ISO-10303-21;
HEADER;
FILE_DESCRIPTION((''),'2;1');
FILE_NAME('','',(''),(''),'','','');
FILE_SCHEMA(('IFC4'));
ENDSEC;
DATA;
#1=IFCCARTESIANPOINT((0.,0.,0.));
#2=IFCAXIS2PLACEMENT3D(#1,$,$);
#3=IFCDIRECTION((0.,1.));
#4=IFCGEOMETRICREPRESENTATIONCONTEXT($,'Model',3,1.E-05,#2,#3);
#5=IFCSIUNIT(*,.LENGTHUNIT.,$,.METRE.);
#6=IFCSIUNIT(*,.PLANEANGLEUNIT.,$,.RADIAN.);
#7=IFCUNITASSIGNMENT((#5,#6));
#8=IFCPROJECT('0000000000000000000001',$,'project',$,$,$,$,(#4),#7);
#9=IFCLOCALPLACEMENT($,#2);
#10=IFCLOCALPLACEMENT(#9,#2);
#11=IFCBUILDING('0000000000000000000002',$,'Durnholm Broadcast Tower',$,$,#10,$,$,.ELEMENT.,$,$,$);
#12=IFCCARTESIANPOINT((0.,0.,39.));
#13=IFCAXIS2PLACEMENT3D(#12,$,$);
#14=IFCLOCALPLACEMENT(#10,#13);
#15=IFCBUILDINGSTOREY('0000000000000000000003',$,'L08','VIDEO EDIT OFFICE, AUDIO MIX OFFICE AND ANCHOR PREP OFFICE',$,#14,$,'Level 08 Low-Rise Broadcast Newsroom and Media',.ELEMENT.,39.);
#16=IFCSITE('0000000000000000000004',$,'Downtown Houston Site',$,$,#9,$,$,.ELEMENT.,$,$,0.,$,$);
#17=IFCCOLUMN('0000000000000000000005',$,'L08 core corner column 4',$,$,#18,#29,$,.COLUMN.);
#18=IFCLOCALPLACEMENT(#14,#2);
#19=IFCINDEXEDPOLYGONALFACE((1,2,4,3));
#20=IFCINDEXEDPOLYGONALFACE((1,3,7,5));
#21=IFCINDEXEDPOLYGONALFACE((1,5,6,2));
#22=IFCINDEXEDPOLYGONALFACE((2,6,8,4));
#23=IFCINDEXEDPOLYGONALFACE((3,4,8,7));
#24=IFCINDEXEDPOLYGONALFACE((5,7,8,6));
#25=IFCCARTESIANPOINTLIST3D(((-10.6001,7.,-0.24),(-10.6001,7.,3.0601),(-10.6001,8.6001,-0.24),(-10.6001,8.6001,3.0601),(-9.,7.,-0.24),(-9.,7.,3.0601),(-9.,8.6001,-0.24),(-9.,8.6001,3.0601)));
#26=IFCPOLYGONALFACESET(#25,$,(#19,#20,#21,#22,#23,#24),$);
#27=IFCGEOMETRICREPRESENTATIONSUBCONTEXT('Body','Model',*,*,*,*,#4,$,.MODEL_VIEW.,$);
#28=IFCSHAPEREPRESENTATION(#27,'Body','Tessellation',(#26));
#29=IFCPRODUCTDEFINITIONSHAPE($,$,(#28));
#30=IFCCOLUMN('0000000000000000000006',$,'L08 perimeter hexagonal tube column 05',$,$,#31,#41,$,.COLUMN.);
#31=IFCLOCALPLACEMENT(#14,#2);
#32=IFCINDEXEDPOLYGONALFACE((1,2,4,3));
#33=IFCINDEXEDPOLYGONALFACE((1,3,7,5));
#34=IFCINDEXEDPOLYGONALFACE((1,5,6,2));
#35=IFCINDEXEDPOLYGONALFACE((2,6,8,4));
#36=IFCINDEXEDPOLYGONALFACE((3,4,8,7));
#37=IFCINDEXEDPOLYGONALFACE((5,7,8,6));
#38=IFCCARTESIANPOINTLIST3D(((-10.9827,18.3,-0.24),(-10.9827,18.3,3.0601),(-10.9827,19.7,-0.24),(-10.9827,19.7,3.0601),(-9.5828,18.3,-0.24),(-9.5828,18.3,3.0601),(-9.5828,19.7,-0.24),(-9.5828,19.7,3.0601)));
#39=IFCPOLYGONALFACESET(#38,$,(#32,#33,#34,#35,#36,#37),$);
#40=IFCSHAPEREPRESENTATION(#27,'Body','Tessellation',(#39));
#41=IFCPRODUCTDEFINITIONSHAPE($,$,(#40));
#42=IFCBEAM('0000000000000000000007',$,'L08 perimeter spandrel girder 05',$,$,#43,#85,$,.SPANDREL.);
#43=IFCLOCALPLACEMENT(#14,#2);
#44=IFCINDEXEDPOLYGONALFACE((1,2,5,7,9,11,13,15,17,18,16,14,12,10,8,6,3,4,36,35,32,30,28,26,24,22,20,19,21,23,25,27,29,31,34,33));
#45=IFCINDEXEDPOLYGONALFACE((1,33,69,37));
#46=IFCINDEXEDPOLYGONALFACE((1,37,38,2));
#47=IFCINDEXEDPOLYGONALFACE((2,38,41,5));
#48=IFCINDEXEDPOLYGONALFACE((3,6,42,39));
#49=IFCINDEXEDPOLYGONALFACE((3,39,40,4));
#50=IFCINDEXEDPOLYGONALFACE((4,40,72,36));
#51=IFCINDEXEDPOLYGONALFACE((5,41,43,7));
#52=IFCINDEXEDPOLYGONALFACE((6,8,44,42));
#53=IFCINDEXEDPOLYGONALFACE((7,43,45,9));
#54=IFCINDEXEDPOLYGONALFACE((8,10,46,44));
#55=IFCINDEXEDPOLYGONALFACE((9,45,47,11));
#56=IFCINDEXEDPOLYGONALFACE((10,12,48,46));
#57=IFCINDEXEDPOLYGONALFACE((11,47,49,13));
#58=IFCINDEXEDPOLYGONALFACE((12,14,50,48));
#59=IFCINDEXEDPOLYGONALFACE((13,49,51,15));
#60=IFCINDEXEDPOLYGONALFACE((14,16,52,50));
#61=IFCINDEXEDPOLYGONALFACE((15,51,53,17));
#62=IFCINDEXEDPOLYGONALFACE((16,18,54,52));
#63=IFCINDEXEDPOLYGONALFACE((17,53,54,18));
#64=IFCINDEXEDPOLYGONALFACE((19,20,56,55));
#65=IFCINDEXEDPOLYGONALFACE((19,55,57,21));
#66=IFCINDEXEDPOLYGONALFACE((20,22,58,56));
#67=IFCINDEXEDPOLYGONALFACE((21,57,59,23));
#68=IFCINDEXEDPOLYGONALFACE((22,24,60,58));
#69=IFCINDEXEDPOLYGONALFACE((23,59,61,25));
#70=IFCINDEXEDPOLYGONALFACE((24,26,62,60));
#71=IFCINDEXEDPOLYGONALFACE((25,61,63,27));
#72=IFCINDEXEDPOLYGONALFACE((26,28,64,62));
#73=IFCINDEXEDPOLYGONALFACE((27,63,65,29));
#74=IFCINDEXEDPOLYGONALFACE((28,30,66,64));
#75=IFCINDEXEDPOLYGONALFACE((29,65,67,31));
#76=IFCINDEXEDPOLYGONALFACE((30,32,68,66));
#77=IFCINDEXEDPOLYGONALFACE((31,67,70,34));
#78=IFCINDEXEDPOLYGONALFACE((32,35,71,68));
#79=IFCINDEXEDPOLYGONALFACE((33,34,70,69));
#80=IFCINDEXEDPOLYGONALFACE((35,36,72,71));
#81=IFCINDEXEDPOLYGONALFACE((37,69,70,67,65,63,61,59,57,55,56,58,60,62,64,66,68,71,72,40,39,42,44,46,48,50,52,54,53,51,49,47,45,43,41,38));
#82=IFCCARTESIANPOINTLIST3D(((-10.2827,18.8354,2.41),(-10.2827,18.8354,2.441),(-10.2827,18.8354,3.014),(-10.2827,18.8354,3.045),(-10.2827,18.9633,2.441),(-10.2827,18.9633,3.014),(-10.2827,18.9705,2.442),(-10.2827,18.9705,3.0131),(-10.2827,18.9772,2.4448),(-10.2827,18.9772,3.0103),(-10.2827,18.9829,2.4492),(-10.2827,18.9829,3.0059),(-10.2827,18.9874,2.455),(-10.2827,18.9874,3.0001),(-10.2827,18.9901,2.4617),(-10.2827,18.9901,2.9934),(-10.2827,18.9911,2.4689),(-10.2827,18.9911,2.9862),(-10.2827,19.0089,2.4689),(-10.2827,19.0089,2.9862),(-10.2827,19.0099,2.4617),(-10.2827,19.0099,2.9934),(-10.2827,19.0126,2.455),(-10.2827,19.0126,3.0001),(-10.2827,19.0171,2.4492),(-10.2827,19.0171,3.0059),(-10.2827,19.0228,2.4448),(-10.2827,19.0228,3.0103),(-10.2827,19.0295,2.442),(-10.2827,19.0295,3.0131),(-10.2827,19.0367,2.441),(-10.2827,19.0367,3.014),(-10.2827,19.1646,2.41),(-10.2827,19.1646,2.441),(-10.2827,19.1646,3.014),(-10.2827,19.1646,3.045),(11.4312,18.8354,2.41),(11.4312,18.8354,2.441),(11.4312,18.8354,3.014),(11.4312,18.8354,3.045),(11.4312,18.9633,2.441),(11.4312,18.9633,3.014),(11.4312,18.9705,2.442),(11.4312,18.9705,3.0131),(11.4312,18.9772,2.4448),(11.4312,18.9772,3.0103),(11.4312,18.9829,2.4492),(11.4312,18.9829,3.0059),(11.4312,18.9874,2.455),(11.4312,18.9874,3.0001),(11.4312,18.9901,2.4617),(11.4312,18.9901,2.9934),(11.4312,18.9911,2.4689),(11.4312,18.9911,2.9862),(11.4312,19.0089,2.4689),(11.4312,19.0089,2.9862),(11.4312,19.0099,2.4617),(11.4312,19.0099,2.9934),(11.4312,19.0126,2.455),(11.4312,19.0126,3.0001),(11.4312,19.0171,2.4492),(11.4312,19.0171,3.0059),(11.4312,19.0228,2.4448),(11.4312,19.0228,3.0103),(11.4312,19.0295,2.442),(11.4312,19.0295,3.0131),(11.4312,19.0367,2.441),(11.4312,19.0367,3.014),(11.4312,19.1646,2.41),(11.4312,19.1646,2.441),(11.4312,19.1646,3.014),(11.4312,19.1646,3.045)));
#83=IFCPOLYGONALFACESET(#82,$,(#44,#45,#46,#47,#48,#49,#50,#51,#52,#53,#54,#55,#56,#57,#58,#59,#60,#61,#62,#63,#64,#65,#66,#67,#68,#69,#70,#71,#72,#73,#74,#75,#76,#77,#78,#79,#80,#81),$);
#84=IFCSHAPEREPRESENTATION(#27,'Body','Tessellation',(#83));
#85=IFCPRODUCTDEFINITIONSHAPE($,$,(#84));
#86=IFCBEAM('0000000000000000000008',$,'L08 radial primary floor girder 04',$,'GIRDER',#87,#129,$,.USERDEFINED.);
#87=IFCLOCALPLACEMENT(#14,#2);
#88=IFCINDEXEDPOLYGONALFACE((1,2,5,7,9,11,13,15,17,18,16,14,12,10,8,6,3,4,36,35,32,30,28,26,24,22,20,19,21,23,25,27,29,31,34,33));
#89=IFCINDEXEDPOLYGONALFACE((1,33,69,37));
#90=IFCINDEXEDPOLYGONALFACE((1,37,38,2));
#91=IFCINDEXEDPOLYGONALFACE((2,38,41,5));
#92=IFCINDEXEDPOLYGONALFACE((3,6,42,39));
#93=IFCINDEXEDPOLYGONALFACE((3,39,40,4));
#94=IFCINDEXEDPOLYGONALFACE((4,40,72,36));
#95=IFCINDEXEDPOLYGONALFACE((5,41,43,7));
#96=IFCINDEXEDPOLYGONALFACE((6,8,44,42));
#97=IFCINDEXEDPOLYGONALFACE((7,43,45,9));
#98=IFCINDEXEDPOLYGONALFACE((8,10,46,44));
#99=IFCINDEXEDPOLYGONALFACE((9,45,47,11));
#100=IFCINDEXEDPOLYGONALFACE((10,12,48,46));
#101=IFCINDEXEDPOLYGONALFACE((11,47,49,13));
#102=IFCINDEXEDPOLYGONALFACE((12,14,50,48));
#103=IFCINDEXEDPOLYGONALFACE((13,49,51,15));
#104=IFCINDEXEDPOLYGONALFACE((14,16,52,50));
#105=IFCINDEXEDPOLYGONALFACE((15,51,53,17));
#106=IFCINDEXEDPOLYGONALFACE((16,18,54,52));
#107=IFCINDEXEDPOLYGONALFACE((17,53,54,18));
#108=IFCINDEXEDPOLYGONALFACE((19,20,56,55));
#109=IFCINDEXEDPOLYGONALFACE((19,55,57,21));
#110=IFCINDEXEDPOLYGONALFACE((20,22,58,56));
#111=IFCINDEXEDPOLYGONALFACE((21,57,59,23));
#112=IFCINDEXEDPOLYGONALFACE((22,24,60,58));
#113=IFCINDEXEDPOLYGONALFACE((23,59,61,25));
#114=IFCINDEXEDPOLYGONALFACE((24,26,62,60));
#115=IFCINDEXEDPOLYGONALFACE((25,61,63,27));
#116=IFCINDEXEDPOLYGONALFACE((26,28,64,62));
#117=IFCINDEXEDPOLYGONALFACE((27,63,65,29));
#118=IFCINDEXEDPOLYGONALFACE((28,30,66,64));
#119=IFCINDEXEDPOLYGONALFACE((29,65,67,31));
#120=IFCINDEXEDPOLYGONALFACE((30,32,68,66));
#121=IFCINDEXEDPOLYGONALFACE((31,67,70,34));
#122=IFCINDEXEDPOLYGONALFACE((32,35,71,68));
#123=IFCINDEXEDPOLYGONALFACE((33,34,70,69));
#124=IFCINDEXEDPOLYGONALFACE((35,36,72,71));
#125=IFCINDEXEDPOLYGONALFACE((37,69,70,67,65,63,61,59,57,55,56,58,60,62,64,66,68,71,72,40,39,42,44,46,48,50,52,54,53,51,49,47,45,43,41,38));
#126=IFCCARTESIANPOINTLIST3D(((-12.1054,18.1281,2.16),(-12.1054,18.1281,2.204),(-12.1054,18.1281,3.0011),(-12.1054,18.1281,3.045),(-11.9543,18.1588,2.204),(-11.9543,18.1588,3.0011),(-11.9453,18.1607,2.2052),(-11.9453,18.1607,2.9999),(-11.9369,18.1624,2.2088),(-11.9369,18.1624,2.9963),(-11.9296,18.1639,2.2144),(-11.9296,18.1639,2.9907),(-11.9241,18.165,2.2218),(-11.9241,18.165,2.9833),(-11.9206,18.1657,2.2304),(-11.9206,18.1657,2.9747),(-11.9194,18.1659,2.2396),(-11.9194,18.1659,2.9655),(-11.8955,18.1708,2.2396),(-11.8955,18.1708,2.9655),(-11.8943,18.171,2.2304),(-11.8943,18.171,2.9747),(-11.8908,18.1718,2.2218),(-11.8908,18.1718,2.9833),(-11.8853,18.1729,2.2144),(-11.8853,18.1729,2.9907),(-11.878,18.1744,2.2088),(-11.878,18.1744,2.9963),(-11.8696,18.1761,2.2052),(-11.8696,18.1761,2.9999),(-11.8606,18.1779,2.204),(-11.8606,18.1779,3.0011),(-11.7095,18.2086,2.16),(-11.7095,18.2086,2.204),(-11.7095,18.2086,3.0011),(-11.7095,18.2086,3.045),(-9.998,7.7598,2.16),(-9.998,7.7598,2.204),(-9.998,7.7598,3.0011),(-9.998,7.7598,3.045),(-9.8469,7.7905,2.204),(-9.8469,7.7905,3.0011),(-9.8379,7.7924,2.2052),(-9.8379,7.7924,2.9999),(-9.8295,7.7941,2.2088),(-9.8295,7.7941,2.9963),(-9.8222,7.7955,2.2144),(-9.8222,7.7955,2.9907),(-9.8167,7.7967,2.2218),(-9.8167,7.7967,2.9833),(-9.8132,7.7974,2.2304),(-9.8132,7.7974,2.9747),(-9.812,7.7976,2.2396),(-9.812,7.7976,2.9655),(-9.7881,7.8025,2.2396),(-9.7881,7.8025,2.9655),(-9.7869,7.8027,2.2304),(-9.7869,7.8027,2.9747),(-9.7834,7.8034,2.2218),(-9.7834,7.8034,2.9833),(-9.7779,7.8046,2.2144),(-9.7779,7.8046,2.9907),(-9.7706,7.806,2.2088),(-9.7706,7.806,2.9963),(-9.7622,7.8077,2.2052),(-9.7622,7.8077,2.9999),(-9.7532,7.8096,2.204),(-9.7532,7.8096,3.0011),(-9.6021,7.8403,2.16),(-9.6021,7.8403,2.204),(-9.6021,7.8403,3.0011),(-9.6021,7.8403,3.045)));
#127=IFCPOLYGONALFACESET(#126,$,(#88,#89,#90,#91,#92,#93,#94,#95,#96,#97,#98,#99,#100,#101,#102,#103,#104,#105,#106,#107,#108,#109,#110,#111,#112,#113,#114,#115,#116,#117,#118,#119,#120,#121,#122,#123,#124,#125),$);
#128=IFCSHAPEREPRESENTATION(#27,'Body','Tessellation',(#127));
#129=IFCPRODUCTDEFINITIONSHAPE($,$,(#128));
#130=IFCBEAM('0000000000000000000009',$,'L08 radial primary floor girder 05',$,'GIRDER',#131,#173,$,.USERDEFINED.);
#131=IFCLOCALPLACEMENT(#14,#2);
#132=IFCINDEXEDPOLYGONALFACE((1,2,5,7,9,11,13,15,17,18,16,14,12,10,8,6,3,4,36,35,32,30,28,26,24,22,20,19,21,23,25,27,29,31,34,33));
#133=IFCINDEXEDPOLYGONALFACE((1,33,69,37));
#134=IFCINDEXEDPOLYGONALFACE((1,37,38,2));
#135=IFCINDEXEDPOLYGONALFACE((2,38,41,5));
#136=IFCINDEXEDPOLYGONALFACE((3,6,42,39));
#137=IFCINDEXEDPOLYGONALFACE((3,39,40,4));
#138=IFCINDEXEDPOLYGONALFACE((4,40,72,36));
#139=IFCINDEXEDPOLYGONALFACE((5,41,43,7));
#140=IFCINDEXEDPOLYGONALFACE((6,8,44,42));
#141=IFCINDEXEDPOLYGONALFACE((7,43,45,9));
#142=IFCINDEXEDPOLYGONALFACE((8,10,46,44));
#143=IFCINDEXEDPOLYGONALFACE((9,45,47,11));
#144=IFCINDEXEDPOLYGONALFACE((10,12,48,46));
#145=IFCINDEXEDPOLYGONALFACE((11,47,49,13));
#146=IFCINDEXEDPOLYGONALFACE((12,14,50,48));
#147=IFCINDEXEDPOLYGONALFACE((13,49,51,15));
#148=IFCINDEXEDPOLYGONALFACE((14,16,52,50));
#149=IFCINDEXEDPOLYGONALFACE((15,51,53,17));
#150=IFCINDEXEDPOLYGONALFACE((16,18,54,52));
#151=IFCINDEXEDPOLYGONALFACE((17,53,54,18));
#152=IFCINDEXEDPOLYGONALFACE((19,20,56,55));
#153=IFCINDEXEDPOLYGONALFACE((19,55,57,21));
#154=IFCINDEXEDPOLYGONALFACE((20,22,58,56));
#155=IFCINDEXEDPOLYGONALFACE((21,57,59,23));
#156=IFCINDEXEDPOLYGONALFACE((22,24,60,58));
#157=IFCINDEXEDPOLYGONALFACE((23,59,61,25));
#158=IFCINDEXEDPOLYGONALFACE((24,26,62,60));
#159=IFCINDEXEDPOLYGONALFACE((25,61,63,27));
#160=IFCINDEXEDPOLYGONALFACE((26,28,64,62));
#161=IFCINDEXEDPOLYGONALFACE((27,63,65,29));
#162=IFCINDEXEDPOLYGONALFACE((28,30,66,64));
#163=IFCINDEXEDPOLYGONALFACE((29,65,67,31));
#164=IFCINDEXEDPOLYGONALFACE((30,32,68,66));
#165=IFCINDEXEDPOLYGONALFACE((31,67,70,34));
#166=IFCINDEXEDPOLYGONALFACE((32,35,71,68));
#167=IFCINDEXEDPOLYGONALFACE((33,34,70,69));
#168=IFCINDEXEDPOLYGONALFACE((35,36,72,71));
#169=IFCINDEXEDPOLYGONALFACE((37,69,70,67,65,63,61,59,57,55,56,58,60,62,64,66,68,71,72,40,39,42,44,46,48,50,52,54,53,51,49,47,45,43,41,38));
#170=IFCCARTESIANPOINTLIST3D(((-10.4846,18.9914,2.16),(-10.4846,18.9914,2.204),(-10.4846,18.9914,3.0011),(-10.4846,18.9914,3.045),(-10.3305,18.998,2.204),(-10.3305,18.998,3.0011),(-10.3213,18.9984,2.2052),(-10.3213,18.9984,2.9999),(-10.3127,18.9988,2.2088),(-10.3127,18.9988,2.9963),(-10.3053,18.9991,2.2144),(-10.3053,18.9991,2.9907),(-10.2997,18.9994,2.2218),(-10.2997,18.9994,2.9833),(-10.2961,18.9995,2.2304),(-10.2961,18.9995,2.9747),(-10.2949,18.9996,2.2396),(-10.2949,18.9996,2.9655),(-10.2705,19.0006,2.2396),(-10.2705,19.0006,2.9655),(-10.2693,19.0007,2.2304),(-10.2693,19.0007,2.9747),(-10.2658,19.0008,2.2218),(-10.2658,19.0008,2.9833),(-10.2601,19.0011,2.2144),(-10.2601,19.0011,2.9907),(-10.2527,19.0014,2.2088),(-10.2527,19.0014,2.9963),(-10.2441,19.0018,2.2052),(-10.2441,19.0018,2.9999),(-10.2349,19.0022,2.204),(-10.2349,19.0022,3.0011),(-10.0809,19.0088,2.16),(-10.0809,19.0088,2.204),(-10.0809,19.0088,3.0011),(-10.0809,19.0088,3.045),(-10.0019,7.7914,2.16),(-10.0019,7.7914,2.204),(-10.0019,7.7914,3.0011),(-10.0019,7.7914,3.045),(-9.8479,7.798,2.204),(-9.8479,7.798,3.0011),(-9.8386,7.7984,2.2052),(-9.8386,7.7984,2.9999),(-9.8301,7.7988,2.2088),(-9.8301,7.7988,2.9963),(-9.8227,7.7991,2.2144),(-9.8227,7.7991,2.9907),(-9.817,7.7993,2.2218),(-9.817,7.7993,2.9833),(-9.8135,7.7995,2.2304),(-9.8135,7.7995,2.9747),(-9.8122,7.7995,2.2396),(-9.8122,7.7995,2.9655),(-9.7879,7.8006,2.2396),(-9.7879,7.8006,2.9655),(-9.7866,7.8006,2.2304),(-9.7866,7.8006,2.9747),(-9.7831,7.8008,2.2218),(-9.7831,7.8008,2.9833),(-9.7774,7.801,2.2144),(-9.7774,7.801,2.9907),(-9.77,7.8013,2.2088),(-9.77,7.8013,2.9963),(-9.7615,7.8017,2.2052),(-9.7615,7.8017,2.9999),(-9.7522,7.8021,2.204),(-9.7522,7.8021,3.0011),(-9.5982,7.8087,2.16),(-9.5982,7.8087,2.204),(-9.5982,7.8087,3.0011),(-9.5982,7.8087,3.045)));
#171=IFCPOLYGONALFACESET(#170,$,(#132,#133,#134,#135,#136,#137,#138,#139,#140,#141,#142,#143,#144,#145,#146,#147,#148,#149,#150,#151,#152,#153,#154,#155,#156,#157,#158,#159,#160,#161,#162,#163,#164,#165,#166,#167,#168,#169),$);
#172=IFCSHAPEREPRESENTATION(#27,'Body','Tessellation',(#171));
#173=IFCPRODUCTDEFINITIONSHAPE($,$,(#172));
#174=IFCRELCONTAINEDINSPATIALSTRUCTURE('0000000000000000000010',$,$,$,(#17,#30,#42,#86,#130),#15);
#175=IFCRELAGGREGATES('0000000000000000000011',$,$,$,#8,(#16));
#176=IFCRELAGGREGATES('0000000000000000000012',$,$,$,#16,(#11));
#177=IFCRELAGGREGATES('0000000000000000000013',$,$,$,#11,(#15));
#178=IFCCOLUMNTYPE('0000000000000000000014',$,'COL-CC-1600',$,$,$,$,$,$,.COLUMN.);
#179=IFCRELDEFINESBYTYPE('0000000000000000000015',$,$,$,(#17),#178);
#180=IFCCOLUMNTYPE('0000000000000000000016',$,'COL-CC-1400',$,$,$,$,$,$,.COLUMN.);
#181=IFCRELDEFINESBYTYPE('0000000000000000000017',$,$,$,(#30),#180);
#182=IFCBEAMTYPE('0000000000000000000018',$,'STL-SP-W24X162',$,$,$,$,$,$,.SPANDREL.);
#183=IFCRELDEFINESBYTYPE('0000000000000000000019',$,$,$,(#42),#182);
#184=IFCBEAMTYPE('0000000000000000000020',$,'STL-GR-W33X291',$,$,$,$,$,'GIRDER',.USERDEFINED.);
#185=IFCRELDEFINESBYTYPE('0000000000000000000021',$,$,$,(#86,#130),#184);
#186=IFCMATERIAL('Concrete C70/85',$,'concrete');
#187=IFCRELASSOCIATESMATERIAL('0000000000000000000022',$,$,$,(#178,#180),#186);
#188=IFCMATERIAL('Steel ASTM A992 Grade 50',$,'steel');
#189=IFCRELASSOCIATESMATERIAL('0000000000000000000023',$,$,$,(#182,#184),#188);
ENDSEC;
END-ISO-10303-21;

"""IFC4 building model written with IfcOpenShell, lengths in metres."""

from ifc_helpers import new_model, si_unit, direction, frame, origin, origin_2d, place, context, subcontext, project, spatial, rectangle, i_section, extrude, source, transform, mapped, material, material_profile, profile_set, type_object, type_shapes, element, save


model = new_model("IFC4")

# Units and contexts
model_context = context("Model", 3, precision=1e-05, world=origin(), true_north=direction((0.0, 1.0)))
body_context = subcontext(model_context, "Body", "Model", "MODEL_VIEW")
ifc_project = project(units=[si_unit("LENGTHUNIT", "METRE"), si_unit("PLANEANGLEUNIT", "RADIAN")], contexts=[model_context])

# Site, building, storey
site_placement = place(None, origin())
site = spatial("IfcSite", under=ifc_project, at=site_placement, Name="Downtown Houston Site", CompositionType="ELEMENT", RefElevation=0.0)
building_placement = place(site_placement, origin())
building = spatial("IfcBuilding", under=site, at=building_placement, Name="Durnholm Broadcast Tower", CompositionType="ELEMENT")
storey_placement = place(building_placement, frame((0.0, 0.0, 39.0)))
storey = spatial("IfcBuildingStorey", under=building, at=storey_placement, Name="L08", Description="VIDEO EDIT OFFICE, AUDIO MIX OFFICE AND ANCHOR PREP OFFICE", LongName="Level 08 Low-Rise Broadcast Newsroom and Media", CompositionType="ELEMENT", Elevation=39.0)

# Columns
ifc_material_1 = material(Name="Concrete C70/85", Category="concrete")
ifc_material_profile_1 = material_profile(ifc_material_1, rectangle(XDim=1.6001, YDim=1.6001, at=origin_2d()), Name="RC1600X1600")
ifc_profile_set_1 = profile_set([ifc_material_profile_1], Name="Concrete C70/85")
column_type_1 = type_object("IfcColumnType", Name="COL-CC-1600", PredefinedType="COLUMN", material=ifc_profile_set_1)
shared_shape_1 = source(origin(), body_context, "Body", "SweptSolid", [
    extrude(rectangle(XDim=1.6001, YDim=1.6001, at=origin_2d()), origin(), (0.0, 0.0, 1.0), 3.3),
])
type_shapes(column_type_1, [shared_shape_1])
column_1_placement = place(storey_placement, frame((-9.8, 7.8, -0.24), z_axis=(0.0, 0.0, 1.0), x_axis=(1.0, 0.0, 0.0)))
element("IfcColumn", 1, at=column_1_placement, inside=storey, type_object=column_type_1, Name="L08 core corner column 4", PredefinedType="COLUMN", context=body_context, shape_type="MappedRepresentation", body=[
    mapped(shared_shape_1, transform((0.0, 0.0, 0.0), x_axis=(1.0, 0.0, 0.0), y_axis=(0.0, 1.0, 0.0), z_axis=(0.0, 0.0, 1.0), scale=1.0)),
])
ifc_material_profile_2 = material_profile(ifc_material_1, rectangle(XDim=1.3999, YDim=1.3999, at=origin_2d()), Name="RC1400X1400")
ifc_profile_set_2 = profile_set([ifc_material_profile_2], Name="Concrete C70/85")
column_type_2 = type_object("IfcColumnType", Name="COL-CC-1400", PredefinedType="COLUMN", material=ifc_profile_set_2)
shared_shape_2 = source(origin(), body_context, "Body", "SweptSolid", [
    extrude(rectangle(XDim=1.3999, YDim=1.3999, at=origin_2d()), origin(), (0.0, 0.0, 1.0), 3.3),
])
type_shapes(column_type_2, [shared_shape_2])
column_2_placement = place(storey_placement, frame((-10.2827, 19.0, -0.24), z_axis=(0.0, 0.0, 1.0), x_axis=(1.0, 0.0, 0.0)))
element("IfcColumn", 2, at=column_2_placement, inside=storey, type_object=column_type_2, Name="L08 perimeter hexagonal tube column 05", PredefinedType="COLUMN", context=body_context, shape_type="MappedRepresentation", body=[
    mapped(shared_shape_2, transform((0.0, 0.0, 0.0), x_axis=(1.0, 0.0, 0.0), y_axis=(0.0, 1.0, 0.0), z_axis=(0.0, 0.0, 1.0), scale=1.0)),
])

# Beams
ifc_material_2 = material(Name="Steel ASTM A992 Grade 50", Category="steel")
ifc_material_profile_3 = material_profile(ifc_material_2, i_section(OverallWidth=0.3291, OverallDepth=0.635, WebThickness=0.0178, FlangeThickness=0.031, FilletRadius=0.0278, at=origin_2d()), Name="W24X162")
ifc_profile_set_3 = profile_set([ifc_material_profile_3], Name="Steel ASTM A992 Grade 50")
beam_type_1 = type_object("IfcBeamType", Name="STL-SP-W24X162", PredefinedType="SPANDREL", material=ifc_profile_set_3)
shared_shape_3 = source(origin(), body_context, "Body", "SweptSolid", [
    extrude(i_section(OverallWidth=0.3291, OverallDepth=0.635, WebThickness=0.0178, FlangeThickness=0.031, FilletRadius=0.0278, at=origin_2d()), origin(), (0.0, 0.0, 1.0), 21.7139),
])
type_shapes(beam_type_1, [shared_shape_3])
beam_1_placement = place(storey_placement, frame((-10.2827, 19.0, 2.7275), z_axis=(1.0, 0.0, 0.0), x_axis=(0.0, 1.0, 0.0)))
element("IfcBeam", 3, at=beam_1_placement, inside=storey, type_object=beam_type_1, Name="L08 perimeter spandrel girder 05", PredefinedType="SPANDREL", context=body_context, shape_type="MappedRepresentation", body=[
    mapped(shared_shape_3, transform((0.0, 0.0, 0.0), x_axis=(1.0, 0.0, 0.0), y_axis=(0.0, 1.0, 0.0), z_axis=(0.0, 0.0, 1.0), scale=1.0)),
])
ifc_material_profile_4 = material_profile(ifc_material_2, i_section(OverallWidth=0.4041, OverallDepth=0.885, WebThickness=0.0244, FlangeThickness=0.0439, FilletRadius=0.0356, at=origin_2d()), Name="W33X291")
ifc_profile_set_4 = profile_set([ifc_material_profile_4], Name="Steel ASTM A992 Grade 50")
beam_type_2 = type_object("IfcBeamType", Name="STL-GR-W33X291", ElementType="GIRDER", PredefinedType="USERDEFINED", material=ifc_profile_set_4)
shared_shape_4 = source(origin(), body_context, "Body", "SweptSolid", [
    extrude(i_section(OverallWidth=0.4041, OverallDepth=0.885, WebThickness=0.0244, FlangeThickness=0.0439, FilletRadius=0.0356, at=origin_2d()), origin(), (0.0, 0.0, 1.0), 10.5803),
])
beam_2_placement = place(storey_placement, frame((-9.8, 7.8, 2.6025), z_axis=(-0.199181, 0.979963, 0.0), x_axis=(-0.979963, -0.199181, 0.0)))
element("IfcBeam", 4, at=beam_2_placement, inside=storey, type_object=beam_type_2, Name="L08 radial primary floor girder 04", ObjectType="GIRDER", PredefinedType="USERDEFINED", context=body_context, shape_type="MappedRepresentation", body=[
    mapped(shared_shape_4, transform((0.0, 0.0, 0.0), x_axis=(1.0, 0.0, 0.0), y_axis=(0.0, 1.0, 0.0), z_axis=(0.0, 0.0, 1.0), scale=1.0)),
])
shared_shape_5 = source(origin(), body_context, "Body", "SweptSolid", [
    extrude(i_section(OverallWidth=0.4041, OverallDepth=0.885, WebThickness=0.0244, FlangeThickness=0.0439, FilletRadius=0.0356, at=origin_2d()), origin(), (0.0, 0.0, 1.0), 11.2104),
])
type_shapes(beam_type_2, [shared_shape_4, shared_shape_5])
beam_3_placement = place(storey_placement, frame((-9.8, 7.8, 2.6025), z_axis=(-0.043055, 0.999073, 0.0), x_axis=(-0.999073, -0.043055, 0.0)))
element("IfcBeam", 5, at=beam_3_placement, inside=storey, type_object=beam_type_2, Name="L08 radial primary floor girder 05", ObjectType="GIRDER", PredefinedType="USERDEFINED", context=body_context, shape_type="MappedRepresentation", body=[
    mapped(shared_shape_5, transform((0.0, 0.0, 0.0), x_axis=(1.0, 0.0, 0.0), y_axis=(0.0, 1.0, 0.0), z_axis=(0.0, 0.0, 1.0), scale=1.0)),
])

save(model, "model.ifc")
